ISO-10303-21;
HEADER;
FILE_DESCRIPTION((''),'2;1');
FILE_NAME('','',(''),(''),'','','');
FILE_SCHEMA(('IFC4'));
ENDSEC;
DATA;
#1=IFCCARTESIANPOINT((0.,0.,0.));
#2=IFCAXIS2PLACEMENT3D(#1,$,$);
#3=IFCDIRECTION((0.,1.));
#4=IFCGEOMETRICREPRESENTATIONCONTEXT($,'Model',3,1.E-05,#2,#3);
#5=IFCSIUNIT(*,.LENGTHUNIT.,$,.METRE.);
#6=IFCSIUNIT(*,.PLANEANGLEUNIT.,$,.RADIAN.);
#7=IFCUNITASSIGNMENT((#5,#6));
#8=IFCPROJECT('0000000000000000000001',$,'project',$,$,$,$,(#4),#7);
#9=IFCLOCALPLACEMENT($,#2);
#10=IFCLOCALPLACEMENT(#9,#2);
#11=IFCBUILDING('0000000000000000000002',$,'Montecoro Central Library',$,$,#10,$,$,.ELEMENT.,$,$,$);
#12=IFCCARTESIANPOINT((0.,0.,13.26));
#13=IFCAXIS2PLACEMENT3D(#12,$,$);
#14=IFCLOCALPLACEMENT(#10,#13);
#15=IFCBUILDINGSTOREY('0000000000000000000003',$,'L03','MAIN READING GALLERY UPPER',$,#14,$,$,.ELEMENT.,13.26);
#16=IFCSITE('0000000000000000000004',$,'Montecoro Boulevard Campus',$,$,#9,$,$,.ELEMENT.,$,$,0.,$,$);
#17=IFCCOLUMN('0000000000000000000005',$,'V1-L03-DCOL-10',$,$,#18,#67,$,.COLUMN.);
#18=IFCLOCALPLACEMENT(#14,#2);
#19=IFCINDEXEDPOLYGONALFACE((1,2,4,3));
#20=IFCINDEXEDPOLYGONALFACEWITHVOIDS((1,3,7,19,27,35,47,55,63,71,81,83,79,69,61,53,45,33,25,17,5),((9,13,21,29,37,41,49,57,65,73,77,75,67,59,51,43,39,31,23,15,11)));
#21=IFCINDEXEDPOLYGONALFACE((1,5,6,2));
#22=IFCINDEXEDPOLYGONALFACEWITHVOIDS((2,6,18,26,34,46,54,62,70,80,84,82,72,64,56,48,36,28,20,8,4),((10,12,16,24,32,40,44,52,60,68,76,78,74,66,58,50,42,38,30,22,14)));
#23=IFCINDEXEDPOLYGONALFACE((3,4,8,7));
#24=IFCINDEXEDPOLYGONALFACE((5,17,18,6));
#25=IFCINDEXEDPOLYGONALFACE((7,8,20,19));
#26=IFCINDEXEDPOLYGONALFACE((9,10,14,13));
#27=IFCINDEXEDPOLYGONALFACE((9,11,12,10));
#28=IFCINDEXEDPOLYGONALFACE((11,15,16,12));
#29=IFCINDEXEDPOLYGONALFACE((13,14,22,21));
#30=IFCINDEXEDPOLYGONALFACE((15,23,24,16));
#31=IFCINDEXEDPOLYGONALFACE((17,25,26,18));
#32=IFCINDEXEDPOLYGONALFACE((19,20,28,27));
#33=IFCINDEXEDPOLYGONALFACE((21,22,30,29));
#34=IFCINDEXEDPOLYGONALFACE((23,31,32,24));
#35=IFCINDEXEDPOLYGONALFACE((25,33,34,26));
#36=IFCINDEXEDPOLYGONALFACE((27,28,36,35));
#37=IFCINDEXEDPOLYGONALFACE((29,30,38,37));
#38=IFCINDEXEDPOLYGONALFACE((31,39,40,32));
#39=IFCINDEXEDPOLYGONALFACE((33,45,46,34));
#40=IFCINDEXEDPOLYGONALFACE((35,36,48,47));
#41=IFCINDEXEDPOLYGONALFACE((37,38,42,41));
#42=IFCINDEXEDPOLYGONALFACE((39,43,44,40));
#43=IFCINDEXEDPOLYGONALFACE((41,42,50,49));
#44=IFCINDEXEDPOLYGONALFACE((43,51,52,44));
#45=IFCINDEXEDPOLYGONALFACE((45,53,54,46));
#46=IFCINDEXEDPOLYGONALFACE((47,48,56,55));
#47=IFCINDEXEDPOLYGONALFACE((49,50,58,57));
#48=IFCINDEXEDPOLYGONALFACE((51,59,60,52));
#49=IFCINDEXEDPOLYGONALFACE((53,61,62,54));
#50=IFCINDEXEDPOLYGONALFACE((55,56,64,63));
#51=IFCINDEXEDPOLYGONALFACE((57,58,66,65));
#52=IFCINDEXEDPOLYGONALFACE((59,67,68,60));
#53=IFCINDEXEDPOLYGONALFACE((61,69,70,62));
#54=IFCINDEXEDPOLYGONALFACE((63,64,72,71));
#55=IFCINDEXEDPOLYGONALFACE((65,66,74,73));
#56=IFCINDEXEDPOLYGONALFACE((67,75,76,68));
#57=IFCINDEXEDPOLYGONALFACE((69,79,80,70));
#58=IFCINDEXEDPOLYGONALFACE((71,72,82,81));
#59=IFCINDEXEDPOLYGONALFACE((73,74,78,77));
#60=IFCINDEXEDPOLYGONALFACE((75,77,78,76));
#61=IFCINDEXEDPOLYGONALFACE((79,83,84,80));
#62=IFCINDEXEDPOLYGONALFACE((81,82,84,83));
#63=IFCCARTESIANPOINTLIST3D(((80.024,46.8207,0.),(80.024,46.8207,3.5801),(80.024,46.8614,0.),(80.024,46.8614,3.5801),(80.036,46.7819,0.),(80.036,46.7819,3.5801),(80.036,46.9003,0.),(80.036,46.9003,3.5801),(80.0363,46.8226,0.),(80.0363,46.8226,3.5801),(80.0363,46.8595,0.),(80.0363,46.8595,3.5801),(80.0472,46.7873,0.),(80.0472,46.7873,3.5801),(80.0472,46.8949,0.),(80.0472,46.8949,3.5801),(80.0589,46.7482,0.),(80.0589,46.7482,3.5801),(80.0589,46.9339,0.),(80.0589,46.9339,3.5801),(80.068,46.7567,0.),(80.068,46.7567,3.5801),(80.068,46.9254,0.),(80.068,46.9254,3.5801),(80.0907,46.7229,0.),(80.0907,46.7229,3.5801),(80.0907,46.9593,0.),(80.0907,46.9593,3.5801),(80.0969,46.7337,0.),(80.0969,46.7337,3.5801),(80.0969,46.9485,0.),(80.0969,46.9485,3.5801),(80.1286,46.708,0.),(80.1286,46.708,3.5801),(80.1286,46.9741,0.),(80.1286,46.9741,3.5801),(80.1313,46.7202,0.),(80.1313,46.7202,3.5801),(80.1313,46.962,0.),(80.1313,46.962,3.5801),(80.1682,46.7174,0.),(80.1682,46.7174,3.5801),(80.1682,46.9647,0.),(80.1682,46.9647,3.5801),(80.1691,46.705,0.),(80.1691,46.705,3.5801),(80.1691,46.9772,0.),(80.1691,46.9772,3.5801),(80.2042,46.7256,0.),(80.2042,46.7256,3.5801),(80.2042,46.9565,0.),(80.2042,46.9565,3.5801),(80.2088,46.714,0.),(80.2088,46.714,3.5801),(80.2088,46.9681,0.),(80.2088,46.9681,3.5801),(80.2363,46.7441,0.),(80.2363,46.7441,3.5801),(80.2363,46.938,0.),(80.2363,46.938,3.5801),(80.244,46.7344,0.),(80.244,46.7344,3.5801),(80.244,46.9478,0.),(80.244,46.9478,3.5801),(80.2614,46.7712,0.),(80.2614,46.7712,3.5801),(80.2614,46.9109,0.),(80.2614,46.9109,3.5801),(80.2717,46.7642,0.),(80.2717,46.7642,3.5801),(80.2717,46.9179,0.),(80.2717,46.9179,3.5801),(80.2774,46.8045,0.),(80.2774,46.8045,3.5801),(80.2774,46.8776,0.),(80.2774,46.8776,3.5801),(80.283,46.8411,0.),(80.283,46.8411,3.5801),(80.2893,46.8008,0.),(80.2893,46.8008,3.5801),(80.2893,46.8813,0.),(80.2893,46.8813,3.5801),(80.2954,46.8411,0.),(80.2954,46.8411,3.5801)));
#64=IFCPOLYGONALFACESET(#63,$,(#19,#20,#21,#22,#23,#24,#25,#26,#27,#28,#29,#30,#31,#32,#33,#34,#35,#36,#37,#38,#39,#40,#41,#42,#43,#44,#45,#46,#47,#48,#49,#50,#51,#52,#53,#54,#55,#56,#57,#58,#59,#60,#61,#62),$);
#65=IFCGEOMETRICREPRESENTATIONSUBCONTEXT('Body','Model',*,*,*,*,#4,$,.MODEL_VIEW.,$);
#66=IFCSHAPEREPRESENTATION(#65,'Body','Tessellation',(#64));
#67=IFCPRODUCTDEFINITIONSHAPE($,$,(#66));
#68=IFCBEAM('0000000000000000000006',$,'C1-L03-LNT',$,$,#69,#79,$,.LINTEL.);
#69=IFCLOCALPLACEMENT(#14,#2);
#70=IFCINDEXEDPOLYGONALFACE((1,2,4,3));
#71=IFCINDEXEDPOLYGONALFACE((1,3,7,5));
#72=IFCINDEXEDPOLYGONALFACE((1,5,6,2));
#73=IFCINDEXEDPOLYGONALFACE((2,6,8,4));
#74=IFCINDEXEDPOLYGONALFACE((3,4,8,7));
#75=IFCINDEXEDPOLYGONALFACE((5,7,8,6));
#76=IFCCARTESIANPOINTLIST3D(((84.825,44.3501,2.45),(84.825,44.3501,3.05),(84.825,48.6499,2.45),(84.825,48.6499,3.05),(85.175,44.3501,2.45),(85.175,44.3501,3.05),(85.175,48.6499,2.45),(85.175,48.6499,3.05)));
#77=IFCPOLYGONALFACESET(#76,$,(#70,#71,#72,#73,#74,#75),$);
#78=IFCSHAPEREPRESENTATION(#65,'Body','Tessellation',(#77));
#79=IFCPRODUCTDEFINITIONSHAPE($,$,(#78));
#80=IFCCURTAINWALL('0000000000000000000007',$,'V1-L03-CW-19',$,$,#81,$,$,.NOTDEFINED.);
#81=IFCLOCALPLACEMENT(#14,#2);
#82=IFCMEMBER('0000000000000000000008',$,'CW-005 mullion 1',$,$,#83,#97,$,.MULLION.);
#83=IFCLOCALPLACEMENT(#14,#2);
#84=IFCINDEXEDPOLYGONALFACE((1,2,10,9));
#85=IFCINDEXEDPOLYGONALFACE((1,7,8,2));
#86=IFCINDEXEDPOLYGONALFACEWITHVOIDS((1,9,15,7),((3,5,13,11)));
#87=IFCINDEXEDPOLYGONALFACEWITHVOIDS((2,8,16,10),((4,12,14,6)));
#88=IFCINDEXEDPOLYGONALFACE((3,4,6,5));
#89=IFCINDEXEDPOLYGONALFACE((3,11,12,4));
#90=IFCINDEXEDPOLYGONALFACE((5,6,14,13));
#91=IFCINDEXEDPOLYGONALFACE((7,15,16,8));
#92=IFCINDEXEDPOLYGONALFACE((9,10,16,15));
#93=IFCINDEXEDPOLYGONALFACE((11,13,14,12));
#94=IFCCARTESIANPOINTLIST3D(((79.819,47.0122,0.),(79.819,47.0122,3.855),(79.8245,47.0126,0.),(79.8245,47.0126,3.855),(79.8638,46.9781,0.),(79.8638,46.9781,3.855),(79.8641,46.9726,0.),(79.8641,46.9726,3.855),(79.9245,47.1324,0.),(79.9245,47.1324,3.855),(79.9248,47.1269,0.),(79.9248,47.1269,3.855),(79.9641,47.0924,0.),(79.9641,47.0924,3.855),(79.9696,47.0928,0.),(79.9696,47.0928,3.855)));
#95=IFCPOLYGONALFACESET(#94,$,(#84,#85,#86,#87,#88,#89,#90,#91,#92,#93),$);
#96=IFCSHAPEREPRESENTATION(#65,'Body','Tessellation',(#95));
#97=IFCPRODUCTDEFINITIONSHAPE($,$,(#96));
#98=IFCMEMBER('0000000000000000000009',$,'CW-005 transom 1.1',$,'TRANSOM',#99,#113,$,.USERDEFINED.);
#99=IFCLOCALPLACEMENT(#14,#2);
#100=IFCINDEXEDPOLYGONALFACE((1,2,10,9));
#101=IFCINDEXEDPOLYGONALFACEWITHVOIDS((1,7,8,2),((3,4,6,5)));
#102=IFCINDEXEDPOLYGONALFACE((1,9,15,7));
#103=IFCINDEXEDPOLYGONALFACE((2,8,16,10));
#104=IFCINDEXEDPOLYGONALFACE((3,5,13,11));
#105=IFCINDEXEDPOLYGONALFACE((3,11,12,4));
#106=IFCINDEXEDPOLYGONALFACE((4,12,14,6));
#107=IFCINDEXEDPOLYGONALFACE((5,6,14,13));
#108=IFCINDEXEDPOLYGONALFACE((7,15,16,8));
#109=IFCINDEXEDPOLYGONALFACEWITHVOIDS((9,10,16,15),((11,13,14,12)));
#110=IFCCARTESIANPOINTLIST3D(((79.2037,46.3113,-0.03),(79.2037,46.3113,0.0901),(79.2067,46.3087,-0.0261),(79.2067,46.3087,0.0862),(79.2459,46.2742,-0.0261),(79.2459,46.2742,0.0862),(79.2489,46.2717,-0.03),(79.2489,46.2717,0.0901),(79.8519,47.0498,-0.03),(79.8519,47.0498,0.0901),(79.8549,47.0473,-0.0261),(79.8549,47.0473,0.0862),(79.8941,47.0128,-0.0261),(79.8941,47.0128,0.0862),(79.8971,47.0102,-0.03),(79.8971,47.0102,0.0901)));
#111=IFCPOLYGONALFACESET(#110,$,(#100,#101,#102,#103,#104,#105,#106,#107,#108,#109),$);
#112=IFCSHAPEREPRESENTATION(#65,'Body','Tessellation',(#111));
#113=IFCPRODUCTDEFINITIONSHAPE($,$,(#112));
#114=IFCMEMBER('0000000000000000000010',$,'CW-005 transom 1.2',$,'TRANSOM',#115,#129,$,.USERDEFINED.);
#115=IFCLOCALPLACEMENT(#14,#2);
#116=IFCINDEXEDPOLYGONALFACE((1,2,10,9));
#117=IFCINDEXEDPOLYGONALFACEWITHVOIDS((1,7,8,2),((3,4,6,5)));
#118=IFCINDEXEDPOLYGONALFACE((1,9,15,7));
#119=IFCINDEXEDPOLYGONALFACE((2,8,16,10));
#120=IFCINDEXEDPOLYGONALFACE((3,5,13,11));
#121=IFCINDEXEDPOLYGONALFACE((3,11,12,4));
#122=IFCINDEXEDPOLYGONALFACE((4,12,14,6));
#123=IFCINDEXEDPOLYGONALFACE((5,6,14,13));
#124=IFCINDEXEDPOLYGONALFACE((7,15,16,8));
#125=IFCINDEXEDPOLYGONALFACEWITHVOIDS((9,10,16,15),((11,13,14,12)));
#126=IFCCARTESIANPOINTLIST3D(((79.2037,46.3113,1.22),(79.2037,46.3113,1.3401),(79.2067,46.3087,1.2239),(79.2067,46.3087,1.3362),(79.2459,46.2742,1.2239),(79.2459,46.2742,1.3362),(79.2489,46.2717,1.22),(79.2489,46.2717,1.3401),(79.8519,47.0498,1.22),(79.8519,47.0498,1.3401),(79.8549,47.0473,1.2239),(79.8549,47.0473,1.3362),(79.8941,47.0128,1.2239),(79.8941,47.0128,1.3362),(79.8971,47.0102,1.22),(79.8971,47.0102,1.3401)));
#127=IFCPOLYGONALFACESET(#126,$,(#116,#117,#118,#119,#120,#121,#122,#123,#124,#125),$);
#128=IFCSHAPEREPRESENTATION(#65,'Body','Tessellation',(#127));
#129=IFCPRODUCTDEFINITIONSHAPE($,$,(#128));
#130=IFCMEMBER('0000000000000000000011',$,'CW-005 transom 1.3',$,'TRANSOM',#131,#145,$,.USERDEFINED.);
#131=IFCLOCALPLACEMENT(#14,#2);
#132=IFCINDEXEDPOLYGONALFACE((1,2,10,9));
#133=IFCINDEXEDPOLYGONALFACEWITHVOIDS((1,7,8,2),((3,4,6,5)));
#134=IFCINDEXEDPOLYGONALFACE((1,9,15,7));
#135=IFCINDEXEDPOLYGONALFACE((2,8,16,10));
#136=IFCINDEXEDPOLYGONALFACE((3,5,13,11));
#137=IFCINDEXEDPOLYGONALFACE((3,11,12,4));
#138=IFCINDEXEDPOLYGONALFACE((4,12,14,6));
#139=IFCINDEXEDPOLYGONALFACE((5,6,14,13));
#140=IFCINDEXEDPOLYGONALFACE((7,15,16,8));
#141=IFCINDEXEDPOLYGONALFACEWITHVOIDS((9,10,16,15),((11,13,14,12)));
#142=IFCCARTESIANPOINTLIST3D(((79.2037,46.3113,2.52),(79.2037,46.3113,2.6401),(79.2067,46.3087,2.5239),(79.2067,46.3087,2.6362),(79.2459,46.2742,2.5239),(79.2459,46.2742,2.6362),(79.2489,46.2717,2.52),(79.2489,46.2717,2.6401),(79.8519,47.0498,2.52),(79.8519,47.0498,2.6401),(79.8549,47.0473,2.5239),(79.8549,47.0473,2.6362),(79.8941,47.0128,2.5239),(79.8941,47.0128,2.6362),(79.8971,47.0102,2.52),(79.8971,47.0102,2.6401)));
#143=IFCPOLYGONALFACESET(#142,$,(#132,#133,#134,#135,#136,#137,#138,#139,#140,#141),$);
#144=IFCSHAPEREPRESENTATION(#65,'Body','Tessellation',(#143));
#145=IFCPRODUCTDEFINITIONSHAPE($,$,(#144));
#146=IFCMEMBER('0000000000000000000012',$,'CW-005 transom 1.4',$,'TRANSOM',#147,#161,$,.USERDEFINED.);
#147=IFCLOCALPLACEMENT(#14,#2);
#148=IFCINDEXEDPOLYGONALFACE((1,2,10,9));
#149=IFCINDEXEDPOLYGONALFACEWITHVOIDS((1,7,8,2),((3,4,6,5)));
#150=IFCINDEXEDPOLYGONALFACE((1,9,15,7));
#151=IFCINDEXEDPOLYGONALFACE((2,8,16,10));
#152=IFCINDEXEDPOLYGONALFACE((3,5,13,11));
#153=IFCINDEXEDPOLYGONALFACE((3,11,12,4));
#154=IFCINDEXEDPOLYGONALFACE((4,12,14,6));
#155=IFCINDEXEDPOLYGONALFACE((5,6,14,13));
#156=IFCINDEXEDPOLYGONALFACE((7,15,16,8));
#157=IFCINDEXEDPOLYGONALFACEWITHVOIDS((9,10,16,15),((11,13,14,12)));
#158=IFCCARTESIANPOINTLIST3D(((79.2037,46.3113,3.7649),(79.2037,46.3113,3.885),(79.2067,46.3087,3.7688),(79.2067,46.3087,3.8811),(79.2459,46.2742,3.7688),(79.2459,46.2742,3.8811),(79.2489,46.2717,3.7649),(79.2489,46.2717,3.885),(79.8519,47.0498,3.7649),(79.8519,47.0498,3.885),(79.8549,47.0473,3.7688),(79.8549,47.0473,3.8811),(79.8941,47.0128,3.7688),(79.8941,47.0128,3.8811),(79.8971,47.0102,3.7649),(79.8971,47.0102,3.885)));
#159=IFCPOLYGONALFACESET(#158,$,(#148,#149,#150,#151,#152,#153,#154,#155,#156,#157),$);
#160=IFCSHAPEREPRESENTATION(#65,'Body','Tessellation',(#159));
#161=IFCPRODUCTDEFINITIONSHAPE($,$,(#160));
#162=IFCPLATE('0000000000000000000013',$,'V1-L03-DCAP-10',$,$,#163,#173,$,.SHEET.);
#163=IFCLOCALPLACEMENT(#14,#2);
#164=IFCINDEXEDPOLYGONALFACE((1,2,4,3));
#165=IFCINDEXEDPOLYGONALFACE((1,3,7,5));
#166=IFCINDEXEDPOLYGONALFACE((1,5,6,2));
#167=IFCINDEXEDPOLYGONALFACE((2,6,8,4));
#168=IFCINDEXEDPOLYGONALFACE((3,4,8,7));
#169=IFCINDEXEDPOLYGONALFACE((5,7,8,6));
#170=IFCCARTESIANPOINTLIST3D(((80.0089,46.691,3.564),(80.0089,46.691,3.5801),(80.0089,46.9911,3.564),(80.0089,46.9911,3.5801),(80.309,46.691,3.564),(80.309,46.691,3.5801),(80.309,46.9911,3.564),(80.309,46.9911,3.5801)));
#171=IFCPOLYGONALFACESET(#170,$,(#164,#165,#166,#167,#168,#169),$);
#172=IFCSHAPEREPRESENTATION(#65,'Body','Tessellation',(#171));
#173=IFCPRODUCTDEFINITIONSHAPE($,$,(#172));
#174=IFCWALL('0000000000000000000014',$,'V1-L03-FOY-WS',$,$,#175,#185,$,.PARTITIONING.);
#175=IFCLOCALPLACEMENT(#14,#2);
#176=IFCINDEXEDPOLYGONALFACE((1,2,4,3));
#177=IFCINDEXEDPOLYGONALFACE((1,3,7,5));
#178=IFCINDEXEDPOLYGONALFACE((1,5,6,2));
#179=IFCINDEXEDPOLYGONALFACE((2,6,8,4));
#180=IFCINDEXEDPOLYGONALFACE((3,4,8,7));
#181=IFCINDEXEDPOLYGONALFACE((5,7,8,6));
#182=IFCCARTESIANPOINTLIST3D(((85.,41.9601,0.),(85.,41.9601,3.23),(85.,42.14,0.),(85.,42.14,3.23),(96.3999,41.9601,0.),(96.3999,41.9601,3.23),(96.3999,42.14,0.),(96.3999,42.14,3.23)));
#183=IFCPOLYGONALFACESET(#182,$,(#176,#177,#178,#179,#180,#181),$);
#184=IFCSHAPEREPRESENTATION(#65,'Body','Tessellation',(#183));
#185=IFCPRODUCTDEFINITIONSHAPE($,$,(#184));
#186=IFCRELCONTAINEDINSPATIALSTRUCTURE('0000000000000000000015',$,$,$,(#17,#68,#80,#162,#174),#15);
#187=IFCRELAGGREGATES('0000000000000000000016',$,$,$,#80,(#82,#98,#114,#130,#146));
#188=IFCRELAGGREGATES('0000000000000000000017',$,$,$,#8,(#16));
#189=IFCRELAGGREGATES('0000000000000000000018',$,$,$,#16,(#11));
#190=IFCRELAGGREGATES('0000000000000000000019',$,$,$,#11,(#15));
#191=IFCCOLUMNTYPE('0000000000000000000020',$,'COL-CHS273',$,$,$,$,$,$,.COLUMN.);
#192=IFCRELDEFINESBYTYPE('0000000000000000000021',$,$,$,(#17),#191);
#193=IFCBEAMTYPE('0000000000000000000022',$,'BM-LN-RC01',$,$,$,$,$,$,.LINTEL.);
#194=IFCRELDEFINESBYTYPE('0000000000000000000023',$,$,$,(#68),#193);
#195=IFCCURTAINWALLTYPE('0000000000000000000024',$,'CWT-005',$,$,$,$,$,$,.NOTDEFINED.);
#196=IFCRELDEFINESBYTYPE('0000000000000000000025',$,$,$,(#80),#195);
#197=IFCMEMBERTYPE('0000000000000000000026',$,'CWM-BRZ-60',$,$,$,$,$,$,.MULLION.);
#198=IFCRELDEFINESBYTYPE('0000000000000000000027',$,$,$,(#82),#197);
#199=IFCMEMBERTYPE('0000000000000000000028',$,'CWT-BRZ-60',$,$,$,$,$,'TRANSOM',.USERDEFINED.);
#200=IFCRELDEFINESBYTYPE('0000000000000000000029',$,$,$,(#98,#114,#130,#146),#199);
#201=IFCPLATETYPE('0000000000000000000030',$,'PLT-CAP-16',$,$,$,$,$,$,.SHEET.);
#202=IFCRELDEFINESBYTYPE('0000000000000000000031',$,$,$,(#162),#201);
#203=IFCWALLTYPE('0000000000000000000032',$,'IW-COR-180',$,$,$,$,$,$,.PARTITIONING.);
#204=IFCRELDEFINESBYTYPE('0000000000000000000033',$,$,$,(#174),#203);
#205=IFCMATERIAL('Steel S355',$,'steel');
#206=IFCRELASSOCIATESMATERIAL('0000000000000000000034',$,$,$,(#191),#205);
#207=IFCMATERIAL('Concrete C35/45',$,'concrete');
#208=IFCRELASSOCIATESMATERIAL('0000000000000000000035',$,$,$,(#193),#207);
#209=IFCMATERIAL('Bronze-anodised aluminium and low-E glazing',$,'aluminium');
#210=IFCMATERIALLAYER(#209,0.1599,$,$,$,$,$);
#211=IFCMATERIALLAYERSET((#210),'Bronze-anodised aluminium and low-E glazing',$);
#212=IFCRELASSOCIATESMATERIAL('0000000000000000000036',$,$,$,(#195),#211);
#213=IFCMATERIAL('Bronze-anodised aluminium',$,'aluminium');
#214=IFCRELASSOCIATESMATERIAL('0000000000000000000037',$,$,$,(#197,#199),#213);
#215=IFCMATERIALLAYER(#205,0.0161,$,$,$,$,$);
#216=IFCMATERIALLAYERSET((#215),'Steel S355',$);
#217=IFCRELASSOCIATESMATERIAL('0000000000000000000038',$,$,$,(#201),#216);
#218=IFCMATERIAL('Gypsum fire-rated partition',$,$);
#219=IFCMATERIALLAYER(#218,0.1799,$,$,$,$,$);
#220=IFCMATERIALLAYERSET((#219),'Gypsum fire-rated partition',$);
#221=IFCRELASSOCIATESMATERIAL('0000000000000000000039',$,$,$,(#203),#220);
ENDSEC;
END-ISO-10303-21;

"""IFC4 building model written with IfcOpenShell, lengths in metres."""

from ifc_helpers import new_model, si_unit, direction, frame, frame_2d, origin, origin_2d, place, context, subcontext, project, spatial, rectangle, hollow_rectangle, hollow_circle, extrude, material, layer, layer_set, material_profile, profile_set, type_object, element, aggregate, save


model = new_model("IFC4")

# Units and contexts
model_context = context("Model", 3, precision=1e-05, world=origin(), true_north=direction((0.0, 1.0)))
body_context = subcontext(model_context, "Body", "Model", "MODEL_VIEW")
ifc_project = project(units=[si_unit("LENGTHUNIT", "METRE"), si_unit("PLANEANGLEUNIT", "RADIAN")], contexts=[model_context])

# Site, building, storey
site_placement = place(None, origin())
site = spatial("IfcSite", under=ifc_project, at=site_placement, Name="Montecoro Boulevard Campus", CompositionType="ELEMENT", RefElevation=0.0)
building_placement = place(site_placement, origin())
building = spatial("IfcBuilding", under=site, at=building_placement, Name="Montecoro Central Library", CompositionType="ELEMENT")
storey_placement = place(building_placement, frame((0.0, 0.0, 13.26)))
storey = spatial("IfcBuildingStorey", under=building, at=storey_placement, Name="L03", Description="MAIN READING GALLERY UPPER", CompositionType="ELEMENT", Elevation=13.26)

# Column
ifc_material_1 = material(Name="Steel S355", Category="steel")
ifc_material_profile_1 = material_profile(ifc_material_1, hollow_circle(Radius=0.1365, WallThickness=0.0125, at=origin_2d()), Name="CHS 273.0x12.5")
ifc_profile_set_1 = profile_set([ifc_material_profile_1], Name="Steel S355")
column_type = type_object("IfcColumnType", Name="COL-CHS273", PredefinedType="COLUMN", material=ifc_profile_set_1)
column_placement = place(storey_placement, frame((80.1589, 46.8411, 0.0), z_axis=(0.0, 0.0, 1.0), x_axis=(1.0, 0.0, 0.0)))
element("IfcColumn", 1, at=column_placement, inside=storey, type_object=column_type, Name="V1-L03-DCOL-10", PredefinedType="COLUMN", context=body_context, shape_type="SweptSolid", body=[
    extrude(hollow_circle(Radius=0.1365, WallThickness=0.0125, at=origin_2d()), origin(), (0.0, 0.0, 1.0), 3.5801),
])

# Beam
ifc_material_2 = material(Name="Concrete C35/45", Category="concrete")
ifc_material_profile_2 = material_profile(ifc_material_2, rectangle(XDim=0.3501, YDim=0.6001, at=origin_2d()), Name="RC LNT 600x350")
ifc_profile_set_2 = profile_set([ifc_material_profile_2], Name="Concrete C35/45")
beam_type = type_object("IfcBeamType", Name="BM-LN-RC01", PredefinedType="LINTEL", material=ifc_profile_set_2)
beam_placement = place(storey_placement, frame((85.0, 44.3501, 2.75), z_axis=(0.0, 1.0, 0.0), x_axis=(-1.0, 0.0, 0.0)))
element("IfcBeam", 2, at=beam_placement, inside=storey, type_object=beam_type, Name="C1-L03-LNT", PredefinedType="LINTEL", context=body_context, shape_type="SweptSolid", body=[
    extrude(rectangle(XDim=0.3501, YDim=0.6001, at=origin_2d()), origin(), (0.0, 0.0, 1.0), 4.2998),
])

# Curtain wall, members
ifc_material_3 = material(Name="Bronze-anodised aluminium and low-E glazing", Category="aluminium")
ifc_layer_1 = layer(ifc_material_3, 0.1599)
ifc_layer_set_1 = layer_set([ifc_layer_1], Name="Bronze-anodised aluminium and low-E glazing")
curtain_wall_type = type_object("IfcCurtainWallType", Name="CWT-005", PredefinedType="NOTDEFINED", material=ifc_layer_set_1)
curtain_wall_placement = place(storey_placement, origin())
curtain_wall = element("IfcCurtainWall", 3, at=curtain_wall_placement, inside=storey, type_object=curtain_wall_type, Name="V1-L03-CW-19", PredefinedType="NOTDEFINED")
ifc_material_4 = material(Name="Bronze-anodised aluminium", Category="aluminium")
ifc_material_profile_3 = material_profile(ifc_material_4, hollow_rectangle(XDim=0.0601, YDim=0.1599, WallThickness=0.0039, at=origin_2d()), Name="CWM 160x60x4.0")
ifc_profile_set_3 = profile_set([ifc_material_profile_3], Name="Bronze-anodised aluminium")
member_type_1 = type_object("IfcMemberType", Name="CWM-BRZ-60", PredefinedType="MULLION", material=ifc_profile_set_3)
member_1_placement = place(storey_placement, frame((79.8943, 47.0525, 0.0), z_axis=(0.0, 0.0, 1.0), x_axis=(0.751536, -0.659692, 0.0)))
member_1 = element("IfcMember", 4, at=member_1_placement, type_object=member_type_1, Name="CW-005 mullion 1", PredefinedType="MULLION", context=body_context, shape_type="SweptSolid", body=[
    extrude(hollow_rectangle(XDim=0.0601, YDim=0.1599, WallThickness=0.0039, at=origin_2d()), origin(), (0.0, 0.0, 1.0), 3.855),
])
ifc_material_profile_4 = material_profile(ifc_material_4, hollow_rectangle(XDim=0.0601, YDim=0.1201, WallThickness=0.0039, at=origin_2d()), Name="CWT 120x60x4.0")
ifc_profile_set_4 = profile_set([ifc_material_profile_4], Name="Bronze-anodised aluminium")
member_type_2 = type_object("IfcMemberType", Name="CWT-BRZ-60", ElementType="TRANSOM", PredefinedType="USERDEFINED", material=ifc_profile_set_4)
member_2_placement = place(storey_placement, frame((79.8745, 47.03, 0.03), z_axis=(-0.659647, -0.751575, 0.0), x_axis=(0.751575, -0.659647, 0.0)))
member_2 = element("IfcMember", 5, at=member_2_placement, type_object=member_type_2, Name="CW-005 transom 1.1", ObjectType="TRANSOM", PredefinedType="USERDEFINED", context=body_context, shape_type="SweptSolid", body=[
    extrude(hollow_rectangle(XDim=0.0601, YDim=0.1201, WallThickness=0.0039, at=origin_2d()), origin(), (0.0, 0.0, 1.0), 0.9827),
])
member_3_placement = place(storey_placement, frame((79.8745, 47.03, 1.28), z_axis=(-0.659647, -0.751575, 0.0), x_axis=(0.751575, -0.659647, 0.0)))
member_3 = element("IfcMember", 6, at=member_3_placement, type_object=member_type_2, Name="CW-005 transom 1.2", ObjectType="TRANSOM", PredefinedType="USERDEFINED", context=body_context, shape_type="SweptSolid", body=[
    extrude(hollow_rectangle(XDim=0.0601, YDim=0.1201, WallThickness=0.0039, at=origin_2d()), origin(), (0.0, 0.0, 1.0), 0.9827),
])
member_4_placement = place(storey_placement, frame((79.8745, 47.03, 2.5801), z_axis=(-0.659647, -0.751575, 0.0), x_axis=(0.751575, -0.659647, 0.0)))
member_4 = element("IfcMember", 7, at=member_4_placement, type_object=member_type_2, Name="CW-005 transom 1.3", ObjectType="TRANSOM", PredefinedType="USERDEFINED", context=body_context, shape_type="SweptSolid", body=[
    extrude(hollow_rectangle(XDim=0.0601, YDim=0.1201, WallThickness=0.0039, at=origin_2d()), origin(), (0.0, 0.0, 1.0), 0.9827),
])
member_5_placement = place(storey_placement, frame((79.8745, 47.03, 3.825), z_axis=(-0.659647, -0.751575, 0.0), x_axis=(0.751575, -0.659647, 0.0)))
member_5 = element("IfcMember", 8, at=member_5_placement, type_object=member_type_2, Name="CW-005 transom 1.4", ObjectType="TRANSOM", PredefinedType="USERDEFINED", context=body_context, shape_type="SweptSolid", body=[
    extrude(hollow_rectangle(XDim=0.0601, YDim=0.1201, WallThickness=0.0039, at=origin_2d()), origin(), (0.0, 0.0, 1.0), 0.9827),
])
aggregate(curtain_wall, [member_1, member_2, member_3, member_4, member_5])

# Plate
ifc_layer_2 = layer(ifc_material_1, 0.0161)
ifc_layer_set_2 = layer_set([ifc_layer_2], Name="Steel S355")
plate_type = type_object("IfcPlateType", Name="PLT-CAP-16", PredefinedType="SHEET", material=ifc_layer_set_2)
plate_placement = place(storey_placement, frame((80.1589, 46.8411, 3.564), z_axis=(0.0, 0.0, 1.0), x_axis=(1.0, 0.0, 0.0)))
element("IfcPlate", 9, at=plate_placement, inside=storey, type_object=plate_type, Name="V1-L03-DCAP-10", PredefinedType="SHEET", context=body_context, shape_type="SweptSolid", body=[
    extrude(rectangle(XDim=0.3, YDim=0.3, at=origin_2d()), origin(), (0.0, 0.0, 1.0), 0.0161),
])

# Wall
ifc_material_5 = material(Name="Gypsum fire-rated partition")
ifc_layer_3 = layer(ifc_material_5, 0.1799)
ifc_layer_set_3 = layer_set([ifc_layer_3], Name="Gypsum fire-rated partition")
wall_type_1 = type_object("IfcWallType", Name="IW-COR-180", PredefinedType="PARTITIONING", material=ifc_layer_set_3)
wall_1_placement = place(storey_placement, frame((85.0, 42.05, 0.0), z_axis=(0.0, 0.0, 1.0), x_axis=(1.0, 0.0, 0.0)))
element("IfcWall", 10, at=wall_1_placement, inside=storey, type_object=wall_type_1, Name="V1-L03-FOY-WS", PredefinedType="PARTITIONING", context=body_context, shape_type="SweptSolid", body=[
    extrude(rectangle(XDim=11.3999, YDim=0.1799, at=frame_2d((5.7, 0.0))), origin(), (0.0, 0.0, 1.0), 3.23),
])

save(model, "model.ifc")
